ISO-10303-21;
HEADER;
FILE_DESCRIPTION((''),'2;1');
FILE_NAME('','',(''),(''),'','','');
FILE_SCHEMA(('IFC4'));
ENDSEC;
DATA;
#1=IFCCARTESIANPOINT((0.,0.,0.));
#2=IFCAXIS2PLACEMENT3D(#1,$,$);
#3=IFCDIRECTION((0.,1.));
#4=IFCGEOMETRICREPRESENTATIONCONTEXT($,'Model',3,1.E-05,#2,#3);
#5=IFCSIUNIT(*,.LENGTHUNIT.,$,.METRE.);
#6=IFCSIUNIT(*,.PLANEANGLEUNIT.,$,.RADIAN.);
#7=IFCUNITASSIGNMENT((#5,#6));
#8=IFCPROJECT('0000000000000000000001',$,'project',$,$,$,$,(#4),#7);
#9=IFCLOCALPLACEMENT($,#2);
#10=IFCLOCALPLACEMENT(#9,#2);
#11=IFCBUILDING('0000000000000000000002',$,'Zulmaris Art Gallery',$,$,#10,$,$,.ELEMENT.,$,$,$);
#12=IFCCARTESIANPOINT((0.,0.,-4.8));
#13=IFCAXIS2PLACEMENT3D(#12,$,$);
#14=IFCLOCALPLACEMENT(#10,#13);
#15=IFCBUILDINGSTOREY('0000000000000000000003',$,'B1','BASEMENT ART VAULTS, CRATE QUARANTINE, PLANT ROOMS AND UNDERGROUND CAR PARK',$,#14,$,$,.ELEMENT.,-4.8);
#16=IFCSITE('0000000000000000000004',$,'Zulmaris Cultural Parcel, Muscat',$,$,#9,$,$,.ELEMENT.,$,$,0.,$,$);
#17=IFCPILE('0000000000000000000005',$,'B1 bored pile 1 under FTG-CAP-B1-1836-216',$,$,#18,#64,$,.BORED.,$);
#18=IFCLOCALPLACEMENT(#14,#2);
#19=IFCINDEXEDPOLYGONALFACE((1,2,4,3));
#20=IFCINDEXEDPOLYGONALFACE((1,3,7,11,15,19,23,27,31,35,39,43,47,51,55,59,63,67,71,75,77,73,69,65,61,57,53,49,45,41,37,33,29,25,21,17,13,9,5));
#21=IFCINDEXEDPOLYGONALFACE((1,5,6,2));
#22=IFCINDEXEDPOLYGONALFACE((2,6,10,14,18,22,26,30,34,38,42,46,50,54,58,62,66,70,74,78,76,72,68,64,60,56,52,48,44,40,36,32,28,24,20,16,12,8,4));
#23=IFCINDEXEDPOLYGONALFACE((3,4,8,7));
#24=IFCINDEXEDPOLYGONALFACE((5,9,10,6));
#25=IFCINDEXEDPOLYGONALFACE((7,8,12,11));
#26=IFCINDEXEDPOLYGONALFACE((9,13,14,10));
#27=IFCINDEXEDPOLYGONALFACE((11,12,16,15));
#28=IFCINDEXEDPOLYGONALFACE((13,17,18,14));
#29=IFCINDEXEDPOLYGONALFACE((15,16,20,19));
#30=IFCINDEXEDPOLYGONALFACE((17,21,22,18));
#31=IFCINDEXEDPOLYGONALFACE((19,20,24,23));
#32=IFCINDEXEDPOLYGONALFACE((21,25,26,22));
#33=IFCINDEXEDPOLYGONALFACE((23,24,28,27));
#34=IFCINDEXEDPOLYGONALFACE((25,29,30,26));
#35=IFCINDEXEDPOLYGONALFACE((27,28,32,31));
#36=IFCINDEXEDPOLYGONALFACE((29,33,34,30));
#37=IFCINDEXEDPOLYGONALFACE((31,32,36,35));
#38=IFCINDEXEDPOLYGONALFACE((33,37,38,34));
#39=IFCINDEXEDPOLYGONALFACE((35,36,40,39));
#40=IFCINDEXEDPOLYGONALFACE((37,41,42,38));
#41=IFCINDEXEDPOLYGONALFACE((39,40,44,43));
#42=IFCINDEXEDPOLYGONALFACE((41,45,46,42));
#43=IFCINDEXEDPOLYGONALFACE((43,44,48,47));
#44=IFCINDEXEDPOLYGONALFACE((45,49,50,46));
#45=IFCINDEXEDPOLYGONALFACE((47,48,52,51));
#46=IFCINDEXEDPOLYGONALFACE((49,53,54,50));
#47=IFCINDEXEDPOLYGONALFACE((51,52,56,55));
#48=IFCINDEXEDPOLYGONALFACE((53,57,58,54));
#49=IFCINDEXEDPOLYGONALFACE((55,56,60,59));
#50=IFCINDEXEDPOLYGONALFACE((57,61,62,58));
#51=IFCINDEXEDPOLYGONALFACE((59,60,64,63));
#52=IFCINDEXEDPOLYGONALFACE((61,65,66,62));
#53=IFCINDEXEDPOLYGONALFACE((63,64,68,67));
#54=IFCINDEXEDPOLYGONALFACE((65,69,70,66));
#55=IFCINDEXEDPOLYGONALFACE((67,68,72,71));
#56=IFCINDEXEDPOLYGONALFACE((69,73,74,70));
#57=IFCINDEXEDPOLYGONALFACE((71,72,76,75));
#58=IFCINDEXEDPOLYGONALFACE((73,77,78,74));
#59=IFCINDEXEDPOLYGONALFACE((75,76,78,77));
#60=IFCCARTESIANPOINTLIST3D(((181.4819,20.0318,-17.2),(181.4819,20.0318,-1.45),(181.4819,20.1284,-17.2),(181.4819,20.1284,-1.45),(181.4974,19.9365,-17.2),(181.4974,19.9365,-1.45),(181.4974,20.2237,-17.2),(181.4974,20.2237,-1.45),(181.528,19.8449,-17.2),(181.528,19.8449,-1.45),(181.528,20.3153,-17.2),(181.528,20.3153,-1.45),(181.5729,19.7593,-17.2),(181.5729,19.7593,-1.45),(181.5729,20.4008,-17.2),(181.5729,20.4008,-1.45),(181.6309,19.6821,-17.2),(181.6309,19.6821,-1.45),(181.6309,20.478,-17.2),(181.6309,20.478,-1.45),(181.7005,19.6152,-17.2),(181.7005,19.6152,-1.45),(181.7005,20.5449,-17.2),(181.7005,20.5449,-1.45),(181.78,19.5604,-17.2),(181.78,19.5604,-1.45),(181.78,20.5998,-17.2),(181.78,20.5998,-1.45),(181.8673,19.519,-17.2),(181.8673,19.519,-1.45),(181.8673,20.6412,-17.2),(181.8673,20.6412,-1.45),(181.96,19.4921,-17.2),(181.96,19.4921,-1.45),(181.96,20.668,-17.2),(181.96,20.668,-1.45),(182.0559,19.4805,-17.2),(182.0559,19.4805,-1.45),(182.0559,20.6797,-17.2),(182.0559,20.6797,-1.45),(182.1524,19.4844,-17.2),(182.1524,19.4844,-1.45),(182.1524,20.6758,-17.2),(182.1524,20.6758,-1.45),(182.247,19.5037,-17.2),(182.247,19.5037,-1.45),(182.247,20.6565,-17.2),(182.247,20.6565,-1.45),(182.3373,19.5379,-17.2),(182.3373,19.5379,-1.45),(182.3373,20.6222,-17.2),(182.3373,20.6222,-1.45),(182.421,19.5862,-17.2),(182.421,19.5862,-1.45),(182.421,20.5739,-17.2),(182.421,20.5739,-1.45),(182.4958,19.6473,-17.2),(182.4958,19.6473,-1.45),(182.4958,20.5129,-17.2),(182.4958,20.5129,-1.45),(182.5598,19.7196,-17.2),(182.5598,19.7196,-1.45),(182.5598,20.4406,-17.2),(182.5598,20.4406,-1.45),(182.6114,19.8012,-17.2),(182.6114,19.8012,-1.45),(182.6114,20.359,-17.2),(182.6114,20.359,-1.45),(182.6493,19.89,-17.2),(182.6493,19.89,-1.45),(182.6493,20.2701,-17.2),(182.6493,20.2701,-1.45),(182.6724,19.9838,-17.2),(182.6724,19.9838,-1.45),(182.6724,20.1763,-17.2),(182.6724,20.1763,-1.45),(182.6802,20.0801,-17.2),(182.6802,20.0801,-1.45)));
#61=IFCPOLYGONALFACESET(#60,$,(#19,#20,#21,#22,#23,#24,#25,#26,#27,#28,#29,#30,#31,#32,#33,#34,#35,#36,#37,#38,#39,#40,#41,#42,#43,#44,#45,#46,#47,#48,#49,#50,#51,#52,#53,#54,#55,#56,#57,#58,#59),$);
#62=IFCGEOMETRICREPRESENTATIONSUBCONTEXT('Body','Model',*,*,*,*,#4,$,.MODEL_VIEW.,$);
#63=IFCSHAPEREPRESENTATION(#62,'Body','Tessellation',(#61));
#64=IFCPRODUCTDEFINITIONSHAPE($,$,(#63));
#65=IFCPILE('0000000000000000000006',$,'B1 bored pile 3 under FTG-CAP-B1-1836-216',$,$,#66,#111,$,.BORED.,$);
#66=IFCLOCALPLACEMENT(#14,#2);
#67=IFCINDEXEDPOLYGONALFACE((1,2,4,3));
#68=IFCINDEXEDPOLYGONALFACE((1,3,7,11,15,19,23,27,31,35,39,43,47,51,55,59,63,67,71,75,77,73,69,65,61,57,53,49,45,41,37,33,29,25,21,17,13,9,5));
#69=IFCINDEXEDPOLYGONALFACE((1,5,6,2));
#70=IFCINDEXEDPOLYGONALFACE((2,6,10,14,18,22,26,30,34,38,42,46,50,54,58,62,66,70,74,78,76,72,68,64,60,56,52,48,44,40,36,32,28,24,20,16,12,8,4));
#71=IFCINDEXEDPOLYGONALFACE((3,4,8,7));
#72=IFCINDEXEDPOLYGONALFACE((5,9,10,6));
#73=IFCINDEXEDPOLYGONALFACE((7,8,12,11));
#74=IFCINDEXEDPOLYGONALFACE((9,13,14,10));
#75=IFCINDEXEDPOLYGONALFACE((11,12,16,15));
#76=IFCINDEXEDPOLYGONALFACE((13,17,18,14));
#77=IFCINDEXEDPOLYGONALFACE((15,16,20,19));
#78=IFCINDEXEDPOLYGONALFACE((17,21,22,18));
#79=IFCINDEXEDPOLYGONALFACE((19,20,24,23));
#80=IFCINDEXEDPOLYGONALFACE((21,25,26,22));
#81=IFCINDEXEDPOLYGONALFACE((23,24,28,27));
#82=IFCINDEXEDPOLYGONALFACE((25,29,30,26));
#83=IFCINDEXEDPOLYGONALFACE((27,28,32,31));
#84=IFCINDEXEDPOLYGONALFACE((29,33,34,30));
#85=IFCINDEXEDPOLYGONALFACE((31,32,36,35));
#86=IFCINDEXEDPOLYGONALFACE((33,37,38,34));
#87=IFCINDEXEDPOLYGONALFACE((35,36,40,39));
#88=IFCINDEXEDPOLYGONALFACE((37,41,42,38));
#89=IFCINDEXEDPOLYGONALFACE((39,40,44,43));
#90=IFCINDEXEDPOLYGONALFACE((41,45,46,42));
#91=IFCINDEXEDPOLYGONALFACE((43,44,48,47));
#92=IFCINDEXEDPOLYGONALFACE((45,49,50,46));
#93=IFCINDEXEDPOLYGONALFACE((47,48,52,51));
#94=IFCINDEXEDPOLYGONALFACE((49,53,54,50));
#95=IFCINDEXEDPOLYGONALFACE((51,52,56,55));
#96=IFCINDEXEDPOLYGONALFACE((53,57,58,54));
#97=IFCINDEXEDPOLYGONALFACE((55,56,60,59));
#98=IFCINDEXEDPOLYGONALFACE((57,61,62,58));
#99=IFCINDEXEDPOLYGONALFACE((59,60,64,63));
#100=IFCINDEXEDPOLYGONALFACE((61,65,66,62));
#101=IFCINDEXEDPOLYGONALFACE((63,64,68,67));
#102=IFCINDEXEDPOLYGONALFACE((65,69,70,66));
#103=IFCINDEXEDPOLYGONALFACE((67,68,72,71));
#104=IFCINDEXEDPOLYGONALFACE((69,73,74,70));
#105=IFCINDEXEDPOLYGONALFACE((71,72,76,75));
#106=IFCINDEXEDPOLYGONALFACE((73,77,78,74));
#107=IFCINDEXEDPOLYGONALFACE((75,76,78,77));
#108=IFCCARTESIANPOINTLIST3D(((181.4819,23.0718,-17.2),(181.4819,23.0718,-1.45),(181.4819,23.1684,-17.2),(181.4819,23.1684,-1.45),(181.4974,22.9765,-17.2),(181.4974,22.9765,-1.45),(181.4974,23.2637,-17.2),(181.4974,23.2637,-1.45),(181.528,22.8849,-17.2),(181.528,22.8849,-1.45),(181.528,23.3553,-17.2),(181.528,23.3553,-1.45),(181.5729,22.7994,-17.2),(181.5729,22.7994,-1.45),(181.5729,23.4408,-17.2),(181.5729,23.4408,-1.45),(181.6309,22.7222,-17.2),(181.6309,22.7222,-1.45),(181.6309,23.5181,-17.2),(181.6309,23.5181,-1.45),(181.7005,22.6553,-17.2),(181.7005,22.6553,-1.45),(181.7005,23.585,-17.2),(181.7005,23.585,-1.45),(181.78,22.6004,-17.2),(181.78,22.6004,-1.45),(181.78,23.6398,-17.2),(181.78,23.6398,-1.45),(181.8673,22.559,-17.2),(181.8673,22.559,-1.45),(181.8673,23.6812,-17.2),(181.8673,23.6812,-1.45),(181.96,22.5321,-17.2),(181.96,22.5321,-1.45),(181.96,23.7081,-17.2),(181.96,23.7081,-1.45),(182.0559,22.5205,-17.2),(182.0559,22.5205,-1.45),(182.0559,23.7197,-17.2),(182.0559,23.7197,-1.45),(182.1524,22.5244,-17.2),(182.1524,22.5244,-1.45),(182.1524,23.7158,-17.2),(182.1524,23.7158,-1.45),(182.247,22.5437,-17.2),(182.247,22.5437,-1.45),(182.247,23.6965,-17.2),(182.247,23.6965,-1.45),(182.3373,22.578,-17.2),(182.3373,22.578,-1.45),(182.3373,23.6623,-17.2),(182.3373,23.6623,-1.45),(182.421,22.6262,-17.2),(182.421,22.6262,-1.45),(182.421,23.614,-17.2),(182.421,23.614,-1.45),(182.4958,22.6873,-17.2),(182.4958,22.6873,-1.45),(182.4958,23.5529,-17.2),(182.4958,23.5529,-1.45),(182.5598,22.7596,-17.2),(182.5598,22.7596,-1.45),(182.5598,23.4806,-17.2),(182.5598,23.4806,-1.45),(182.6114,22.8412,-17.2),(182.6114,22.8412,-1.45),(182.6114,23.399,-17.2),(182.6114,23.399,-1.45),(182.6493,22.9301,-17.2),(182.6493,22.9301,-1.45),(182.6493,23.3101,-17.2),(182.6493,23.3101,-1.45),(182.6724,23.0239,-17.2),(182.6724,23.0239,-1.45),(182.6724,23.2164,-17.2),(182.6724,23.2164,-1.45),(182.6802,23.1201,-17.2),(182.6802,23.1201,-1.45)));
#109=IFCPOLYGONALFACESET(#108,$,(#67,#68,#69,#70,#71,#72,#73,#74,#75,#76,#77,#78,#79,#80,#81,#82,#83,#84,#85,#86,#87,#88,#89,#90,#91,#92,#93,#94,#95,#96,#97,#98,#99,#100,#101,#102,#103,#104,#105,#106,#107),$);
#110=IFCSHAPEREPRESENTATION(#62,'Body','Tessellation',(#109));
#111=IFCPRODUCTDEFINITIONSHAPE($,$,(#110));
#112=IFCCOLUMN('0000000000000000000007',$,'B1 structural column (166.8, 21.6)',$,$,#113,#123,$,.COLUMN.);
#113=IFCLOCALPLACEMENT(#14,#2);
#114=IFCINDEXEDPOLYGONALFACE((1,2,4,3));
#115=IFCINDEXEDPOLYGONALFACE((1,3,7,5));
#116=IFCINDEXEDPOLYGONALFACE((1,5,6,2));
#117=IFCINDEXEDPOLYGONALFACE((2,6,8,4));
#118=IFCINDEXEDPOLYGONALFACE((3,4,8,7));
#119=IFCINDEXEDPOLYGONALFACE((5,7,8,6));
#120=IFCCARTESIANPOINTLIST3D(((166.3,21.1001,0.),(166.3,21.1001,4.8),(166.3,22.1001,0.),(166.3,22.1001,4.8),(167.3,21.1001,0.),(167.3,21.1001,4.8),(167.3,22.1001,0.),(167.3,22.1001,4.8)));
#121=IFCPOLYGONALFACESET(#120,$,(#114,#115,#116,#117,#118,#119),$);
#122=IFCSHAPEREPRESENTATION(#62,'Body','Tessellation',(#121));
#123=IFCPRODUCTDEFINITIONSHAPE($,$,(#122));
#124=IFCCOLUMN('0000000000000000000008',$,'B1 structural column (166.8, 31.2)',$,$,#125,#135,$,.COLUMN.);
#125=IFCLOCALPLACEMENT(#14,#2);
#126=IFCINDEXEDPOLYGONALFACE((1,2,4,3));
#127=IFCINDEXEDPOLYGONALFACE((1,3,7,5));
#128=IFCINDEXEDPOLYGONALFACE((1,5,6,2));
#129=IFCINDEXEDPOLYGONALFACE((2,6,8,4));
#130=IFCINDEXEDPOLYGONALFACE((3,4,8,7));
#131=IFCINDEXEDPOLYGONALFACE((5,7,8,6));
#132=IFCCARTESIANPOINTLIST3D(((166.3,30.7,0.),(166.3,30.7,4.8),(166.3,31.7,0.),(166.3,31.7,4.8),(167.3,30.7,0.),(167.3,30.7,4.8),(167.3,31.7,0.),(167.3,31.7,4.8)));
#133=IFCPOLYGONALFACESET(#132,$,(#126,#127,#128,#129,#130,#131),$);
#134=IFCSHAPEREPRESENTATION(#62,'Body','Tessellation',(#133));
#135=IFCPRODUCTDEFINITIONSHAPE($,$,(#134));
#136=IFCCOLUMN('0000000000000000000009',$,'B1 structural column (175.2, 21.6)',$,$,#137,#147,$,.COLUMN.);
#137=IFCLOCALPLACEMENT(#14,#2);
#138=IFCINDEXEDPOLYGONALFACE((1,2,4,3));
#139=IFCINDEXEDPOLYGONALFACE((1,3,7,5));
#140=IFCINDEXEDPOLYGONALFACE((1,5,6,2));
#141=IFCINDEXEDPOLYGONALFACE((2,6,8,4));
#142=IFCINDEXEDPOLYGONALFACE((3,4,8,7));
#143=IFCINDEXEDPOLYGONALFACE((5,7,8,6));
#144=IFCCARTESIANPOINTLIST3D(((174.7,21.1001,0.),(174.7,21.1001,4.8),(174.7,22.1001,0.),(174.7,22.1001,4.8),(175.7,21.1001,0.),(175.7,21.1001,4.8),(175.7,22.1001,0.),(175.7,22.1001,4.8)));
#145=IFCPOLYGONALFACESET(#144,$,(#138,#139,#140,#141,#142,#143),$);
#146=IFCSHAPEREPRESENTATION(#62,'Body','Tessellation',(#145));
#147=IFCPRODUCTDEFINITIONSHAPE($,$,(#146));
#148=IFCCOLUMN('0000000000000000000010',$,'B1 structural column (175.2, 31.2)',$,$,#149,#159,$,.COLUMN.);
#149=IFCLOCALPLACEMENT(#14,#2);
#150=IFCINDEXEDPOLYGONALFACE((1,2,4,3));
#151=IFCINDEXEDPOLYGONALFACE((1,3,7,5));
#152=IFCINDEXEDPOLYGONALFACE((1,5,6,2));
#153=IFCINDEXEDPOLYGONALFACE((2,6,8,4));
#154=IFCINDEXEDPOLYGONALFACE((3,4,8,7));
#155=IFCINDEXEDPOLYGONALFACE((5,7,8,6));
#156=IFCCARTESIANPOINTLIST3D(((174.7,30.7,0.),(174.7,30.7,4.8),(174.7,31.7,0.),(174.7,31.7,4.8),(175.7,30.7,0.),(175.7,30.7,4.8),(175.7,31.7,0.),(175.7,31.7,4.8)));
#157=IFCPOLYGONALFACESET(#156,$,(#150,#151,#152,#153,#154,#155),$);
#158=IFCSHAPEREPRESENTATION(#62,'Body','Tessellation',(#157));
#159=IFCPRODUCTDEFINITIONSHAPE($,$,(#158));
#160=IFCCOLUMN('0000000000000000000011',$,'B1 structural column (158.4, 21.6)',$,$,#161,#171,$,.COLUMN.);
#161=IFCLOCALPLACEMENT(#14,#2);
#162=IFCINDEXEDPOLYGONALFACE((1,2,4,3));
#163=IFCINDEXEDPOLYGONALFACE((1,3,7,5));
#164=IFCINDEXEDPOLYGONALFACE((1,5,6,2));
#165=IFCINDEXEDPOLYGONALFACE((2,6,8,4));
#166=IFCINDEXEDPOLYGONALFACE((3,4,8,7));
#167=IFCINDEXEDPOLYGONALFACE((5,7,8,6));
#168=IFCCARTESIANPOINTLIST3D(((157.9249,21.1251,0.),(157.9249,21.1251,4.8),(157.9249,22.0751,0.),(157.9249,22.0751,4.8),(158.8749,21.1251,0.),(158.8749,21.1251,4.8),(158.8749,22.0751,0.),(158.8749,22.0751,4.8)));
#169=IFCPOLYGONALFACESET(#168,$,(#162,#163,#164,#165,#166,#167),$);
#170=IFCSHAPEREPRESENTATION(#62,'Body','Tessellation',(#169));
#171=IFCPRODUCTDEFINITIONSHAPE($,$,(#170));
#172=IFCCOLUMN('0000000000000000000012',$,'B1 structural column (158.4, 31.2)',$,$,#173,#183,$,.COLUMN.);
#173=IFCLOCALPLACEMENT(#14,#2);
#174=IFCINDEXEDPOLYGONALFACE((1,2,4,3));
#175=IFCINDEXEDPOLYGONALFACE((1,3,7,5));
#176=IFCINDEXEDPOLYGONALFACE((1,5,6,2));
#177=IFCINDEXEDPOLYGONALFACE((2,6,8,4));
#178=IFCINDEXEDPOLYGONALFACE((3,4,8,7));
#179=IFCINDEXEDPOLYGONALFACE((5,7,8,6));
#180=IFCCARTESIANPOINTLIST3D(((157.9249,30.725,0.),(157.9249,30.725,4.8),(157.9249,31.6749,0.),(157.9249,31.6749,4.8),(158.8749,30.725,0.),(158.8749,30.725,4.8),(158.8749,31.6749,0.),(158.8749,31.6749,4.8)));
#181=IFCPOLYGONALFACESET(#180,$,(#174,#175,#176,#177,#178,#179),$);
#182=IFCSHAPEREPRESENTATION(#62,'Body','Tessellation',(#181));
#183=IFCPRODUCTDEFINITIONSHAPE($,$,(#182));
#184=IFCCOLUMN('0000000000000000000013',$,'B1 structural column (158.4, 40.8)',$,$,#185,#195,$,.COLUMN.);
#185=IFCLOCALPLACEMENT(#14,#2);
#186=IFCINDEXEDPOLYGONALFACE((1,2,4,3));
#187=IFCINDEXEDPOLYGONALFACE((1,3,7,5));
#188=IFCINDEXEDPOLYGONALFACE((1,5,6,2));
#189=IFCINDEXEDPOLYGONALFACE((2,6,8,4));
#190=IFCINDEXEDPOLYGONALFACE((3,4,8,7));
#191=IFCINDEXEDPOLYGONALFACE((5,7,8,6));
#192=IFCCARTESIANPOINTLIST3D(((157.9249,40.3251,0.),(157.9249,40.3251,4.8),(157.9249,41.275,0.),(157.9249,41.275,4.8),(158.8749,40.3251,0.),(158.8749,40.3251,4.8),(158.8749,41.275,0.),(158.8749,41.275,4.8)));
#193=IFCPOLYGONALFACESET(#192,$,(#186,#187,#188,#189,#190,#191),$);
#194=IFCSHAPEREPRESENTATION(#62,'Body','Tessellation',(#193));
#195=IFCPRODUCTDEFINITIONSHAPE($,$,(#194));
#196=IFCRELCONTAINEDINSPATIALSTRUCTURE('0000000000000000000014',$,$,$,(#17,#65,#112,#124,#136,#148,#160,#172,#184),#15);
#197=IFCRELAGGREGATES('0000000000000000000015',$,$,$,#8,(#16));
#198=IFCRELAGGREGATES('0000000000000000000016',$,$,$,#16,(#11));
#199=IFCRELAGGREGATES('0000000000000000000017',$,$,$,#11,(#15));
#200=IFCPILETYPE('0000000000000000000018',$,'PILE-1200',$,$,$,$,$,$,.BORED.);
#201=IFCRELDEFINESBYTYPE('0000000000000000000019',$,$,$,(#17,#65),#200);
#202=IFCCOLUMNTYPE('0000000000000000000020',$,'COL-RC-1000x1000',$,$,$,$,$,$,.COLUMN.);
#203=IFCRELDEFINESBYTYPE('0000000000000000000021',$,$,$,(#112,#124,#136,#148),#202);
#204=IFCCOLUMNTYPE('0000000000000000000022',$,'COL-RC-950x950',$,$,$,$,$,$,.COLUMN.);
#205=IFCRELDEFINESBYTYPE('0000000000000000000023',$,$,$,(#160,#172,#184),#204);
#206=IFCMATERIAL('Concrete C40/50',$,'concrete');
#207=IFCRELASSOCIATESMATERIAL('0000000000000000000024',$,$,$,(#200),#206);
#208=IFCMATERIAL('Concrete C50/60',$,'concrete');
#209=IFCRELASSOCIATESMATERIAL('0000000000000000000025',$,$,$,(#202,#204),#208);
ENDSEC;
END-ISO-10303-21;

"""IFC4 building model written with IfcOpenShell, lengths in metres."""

from ifc_helpers import new_model, si_unit, direction, frame, origin, origin_2d, place, context, subcontext, project, spatial, rectangle, circle, extrude, material, material_profile, profile_set, type_object, element, save


model = new_model("IFC4")

# Units and contexts
model_context = context("Model", 3, precision=1e-05, world=origin(), true_north=direction((0.0, 1.0)))
body_context = subcontext(model_context, "Body", "Model", "MODEL_VIEW")
ifc_project = project(units=[si_unit("LENGTHUNIT", "METRE"), si_unit("PLANEANGLEUNIT", "RADIAN")], contexts=[model_context])

# Site, building, storey
site_placement = place(None, origin())
site = spatial("IfcSite", under=ifc_project, at=site_placement, Name="Zulmaris Cultural Parcel, Muscat", CompositionType="ELEMENT", RefElevation=0.0)
building_placement = place(site_placement, origin())
building = spatial("IfcBuilding", under=site, at=building_placement, Name="Zulmaris Art Gallery", CompositionType="ELEMENT")
storey_placement = place(building_placement, frame((0.0, 0.0, -4.8)))
storey = spatial("IfcBuildingStorey", under=building, at=storey_placement, Name="B1", Description="BASEMENT ART VAULTS, CRATE QUARANTINE, PLANT ROOMS AND UNDERGROUND CAR PARK", CompositionType="ELEMENT", Elevation=-4.8)

# Piles
ifc_material_1 = material(Name="Concrete C40/50", Category="concrete")
ifc_material_profile_1 = material_profile(ifc_material_1, circle(Radius=0.6001, at=origin_2d()), Name="PILE DIA 1200")
ifc_profile_set_1 = profile_set([ifc_material_profile_1], Name="Concrete C40/50")
pile_type = type_object("IfcPileType", Name="PILE-1200", PredefinedType="BORED", material=ifc_profile_set_1)
for number, where, z_axis, x_axis, name in (
    (1, (182.0801, 20.0801, -1.45), (0.0, 0.0, -1.0), (1.0, 0.0, 0.0), "B1 bored pile 1 under FTG-CAP-B1-1836-216"),
    (2, (182.0801, 23.1201, -1.45), (0.0, 0.0, -1.0), (1.0, 0.0, 0.0), "B1 bored pile 3 under FTG-CAP-B1-1836-216"),
):
    element("IfcPile", number, at=place(storey_placement, frame(where, z_axis=z_axis, x_axis=x_axis)), inside=storey, type_object=pile_type, Name=name, PredefinedType="BORED", context=body_context, shape_type="SweptSolid", body=[
        extrude(circle(Radius=0.6001, at=origin_2d()), origin(), (0.0, 0.0, 1.0), 15.75),
    ])

# Columns
ifc_material_2 = material(Name="Concrete C50/60", Category="concrete")
ifc_material_profile_2 = material_profile(ifc_material_2, rectangle(XDim=1.0, YDim=1.0, at=origin_2d()), Name="RC 1000x1000")
ifc_profile_set_2 = profile_set([ifc_material_profile_2], Name="Concrete C50/60")
column_type_1 = type_object("IfcColumnType", Name="COL-RC-1000x1000", PredefinedType="COLUMN", material=ifc_profile_set_2)
for number, where, z_axis, x_axis, name in (
    (3, (166.8, 21.6001, 0.0), (0.0, 0.0, 1.0), (1.0, 0.0, 0.0), "B1 structural column (166.8, 21.6)"),
    (4, (166.8, 31.2, 0.0), (0.0, 0.0, 1.0), (1.0, 0.0, 0.0), "B1 structural column (166.8, 31.2)"),
    (5, (175.2, 21.6001, 0.0), (0.0, 0.0, 1.0), (1.0, 0.0, 0.0), "B1 structural column (175.2, 21.6)"),
    (6, (175.2, 31.2, 0.0), (0.0, 0.0, 1.0), (1.0, 0.0, 0.0), "B1 structural column (175.2, 31.2)"),
):
    element("IfcColumn", number, at=place(storey_placement, frame(where, z_axis=z_axis, x_axis=x_axis)), inside=storey, type_object=column_type_1, Name=name, PredefinedType="COLUMN", context=body_context, shape_type="SweptSolid", body=[
        extrude(rectangle(XDim=1.0, YDim=1.0, at=origin_2d()), origin(), (0.0, 0.0, 1.0), 4.8),
    ])
ifc_material_profile_3 = material_profile(ifc_material_2, rectangle(XDim=0.95, YDim=0.95, at=origin_2d()), Name="RC 950x950")
ifc_profile_set_3 = profile_set([ifc_material_profile_3], Name="Concrete C50/60")
column_type_2 = type_object("IfcColumnType", Name="COL-RC-950x950", PredefinedType="COLUMN", material=ifc_profile_set_3)
for number, where, z_axis, x_axis, name in (
    (7, (158.3999, 21.6001, 0.0), (0.0, 0.0, 1.0), (1.0, 0.0, 0.0), "B1 structural column (158.4, 21.6)"),
    (8, (158.3999, 31.2, 0.0), (0.0, 0.0, 1.0), (1.0, 0.0, 0.0), "B1 structural column (158.4, 31.2)"),
    (9, (158.3999, 40.8, 0.0), (0.0, 0.0, 1.0), (1.0, 0.0, 0.0), "B1 structural column (158.4, 40.8)"),
):
    element("IfcColumn", number, at=place(storey_placement, frame(where, z_axis=z_axis, x_axis=x_axis)), inside=storey, type_object=column_type_2, Name=name, PredefinedType="COLUMN", context=body_context, shape_type="SweptSolid", body=[
        extrude(rectangle(XDim=0.95, YDim=0.95, at=origin_2d()), origin(), (0.0, 0.0, 1.0), 4.8),
    ])

save(model, "model.ifc")
